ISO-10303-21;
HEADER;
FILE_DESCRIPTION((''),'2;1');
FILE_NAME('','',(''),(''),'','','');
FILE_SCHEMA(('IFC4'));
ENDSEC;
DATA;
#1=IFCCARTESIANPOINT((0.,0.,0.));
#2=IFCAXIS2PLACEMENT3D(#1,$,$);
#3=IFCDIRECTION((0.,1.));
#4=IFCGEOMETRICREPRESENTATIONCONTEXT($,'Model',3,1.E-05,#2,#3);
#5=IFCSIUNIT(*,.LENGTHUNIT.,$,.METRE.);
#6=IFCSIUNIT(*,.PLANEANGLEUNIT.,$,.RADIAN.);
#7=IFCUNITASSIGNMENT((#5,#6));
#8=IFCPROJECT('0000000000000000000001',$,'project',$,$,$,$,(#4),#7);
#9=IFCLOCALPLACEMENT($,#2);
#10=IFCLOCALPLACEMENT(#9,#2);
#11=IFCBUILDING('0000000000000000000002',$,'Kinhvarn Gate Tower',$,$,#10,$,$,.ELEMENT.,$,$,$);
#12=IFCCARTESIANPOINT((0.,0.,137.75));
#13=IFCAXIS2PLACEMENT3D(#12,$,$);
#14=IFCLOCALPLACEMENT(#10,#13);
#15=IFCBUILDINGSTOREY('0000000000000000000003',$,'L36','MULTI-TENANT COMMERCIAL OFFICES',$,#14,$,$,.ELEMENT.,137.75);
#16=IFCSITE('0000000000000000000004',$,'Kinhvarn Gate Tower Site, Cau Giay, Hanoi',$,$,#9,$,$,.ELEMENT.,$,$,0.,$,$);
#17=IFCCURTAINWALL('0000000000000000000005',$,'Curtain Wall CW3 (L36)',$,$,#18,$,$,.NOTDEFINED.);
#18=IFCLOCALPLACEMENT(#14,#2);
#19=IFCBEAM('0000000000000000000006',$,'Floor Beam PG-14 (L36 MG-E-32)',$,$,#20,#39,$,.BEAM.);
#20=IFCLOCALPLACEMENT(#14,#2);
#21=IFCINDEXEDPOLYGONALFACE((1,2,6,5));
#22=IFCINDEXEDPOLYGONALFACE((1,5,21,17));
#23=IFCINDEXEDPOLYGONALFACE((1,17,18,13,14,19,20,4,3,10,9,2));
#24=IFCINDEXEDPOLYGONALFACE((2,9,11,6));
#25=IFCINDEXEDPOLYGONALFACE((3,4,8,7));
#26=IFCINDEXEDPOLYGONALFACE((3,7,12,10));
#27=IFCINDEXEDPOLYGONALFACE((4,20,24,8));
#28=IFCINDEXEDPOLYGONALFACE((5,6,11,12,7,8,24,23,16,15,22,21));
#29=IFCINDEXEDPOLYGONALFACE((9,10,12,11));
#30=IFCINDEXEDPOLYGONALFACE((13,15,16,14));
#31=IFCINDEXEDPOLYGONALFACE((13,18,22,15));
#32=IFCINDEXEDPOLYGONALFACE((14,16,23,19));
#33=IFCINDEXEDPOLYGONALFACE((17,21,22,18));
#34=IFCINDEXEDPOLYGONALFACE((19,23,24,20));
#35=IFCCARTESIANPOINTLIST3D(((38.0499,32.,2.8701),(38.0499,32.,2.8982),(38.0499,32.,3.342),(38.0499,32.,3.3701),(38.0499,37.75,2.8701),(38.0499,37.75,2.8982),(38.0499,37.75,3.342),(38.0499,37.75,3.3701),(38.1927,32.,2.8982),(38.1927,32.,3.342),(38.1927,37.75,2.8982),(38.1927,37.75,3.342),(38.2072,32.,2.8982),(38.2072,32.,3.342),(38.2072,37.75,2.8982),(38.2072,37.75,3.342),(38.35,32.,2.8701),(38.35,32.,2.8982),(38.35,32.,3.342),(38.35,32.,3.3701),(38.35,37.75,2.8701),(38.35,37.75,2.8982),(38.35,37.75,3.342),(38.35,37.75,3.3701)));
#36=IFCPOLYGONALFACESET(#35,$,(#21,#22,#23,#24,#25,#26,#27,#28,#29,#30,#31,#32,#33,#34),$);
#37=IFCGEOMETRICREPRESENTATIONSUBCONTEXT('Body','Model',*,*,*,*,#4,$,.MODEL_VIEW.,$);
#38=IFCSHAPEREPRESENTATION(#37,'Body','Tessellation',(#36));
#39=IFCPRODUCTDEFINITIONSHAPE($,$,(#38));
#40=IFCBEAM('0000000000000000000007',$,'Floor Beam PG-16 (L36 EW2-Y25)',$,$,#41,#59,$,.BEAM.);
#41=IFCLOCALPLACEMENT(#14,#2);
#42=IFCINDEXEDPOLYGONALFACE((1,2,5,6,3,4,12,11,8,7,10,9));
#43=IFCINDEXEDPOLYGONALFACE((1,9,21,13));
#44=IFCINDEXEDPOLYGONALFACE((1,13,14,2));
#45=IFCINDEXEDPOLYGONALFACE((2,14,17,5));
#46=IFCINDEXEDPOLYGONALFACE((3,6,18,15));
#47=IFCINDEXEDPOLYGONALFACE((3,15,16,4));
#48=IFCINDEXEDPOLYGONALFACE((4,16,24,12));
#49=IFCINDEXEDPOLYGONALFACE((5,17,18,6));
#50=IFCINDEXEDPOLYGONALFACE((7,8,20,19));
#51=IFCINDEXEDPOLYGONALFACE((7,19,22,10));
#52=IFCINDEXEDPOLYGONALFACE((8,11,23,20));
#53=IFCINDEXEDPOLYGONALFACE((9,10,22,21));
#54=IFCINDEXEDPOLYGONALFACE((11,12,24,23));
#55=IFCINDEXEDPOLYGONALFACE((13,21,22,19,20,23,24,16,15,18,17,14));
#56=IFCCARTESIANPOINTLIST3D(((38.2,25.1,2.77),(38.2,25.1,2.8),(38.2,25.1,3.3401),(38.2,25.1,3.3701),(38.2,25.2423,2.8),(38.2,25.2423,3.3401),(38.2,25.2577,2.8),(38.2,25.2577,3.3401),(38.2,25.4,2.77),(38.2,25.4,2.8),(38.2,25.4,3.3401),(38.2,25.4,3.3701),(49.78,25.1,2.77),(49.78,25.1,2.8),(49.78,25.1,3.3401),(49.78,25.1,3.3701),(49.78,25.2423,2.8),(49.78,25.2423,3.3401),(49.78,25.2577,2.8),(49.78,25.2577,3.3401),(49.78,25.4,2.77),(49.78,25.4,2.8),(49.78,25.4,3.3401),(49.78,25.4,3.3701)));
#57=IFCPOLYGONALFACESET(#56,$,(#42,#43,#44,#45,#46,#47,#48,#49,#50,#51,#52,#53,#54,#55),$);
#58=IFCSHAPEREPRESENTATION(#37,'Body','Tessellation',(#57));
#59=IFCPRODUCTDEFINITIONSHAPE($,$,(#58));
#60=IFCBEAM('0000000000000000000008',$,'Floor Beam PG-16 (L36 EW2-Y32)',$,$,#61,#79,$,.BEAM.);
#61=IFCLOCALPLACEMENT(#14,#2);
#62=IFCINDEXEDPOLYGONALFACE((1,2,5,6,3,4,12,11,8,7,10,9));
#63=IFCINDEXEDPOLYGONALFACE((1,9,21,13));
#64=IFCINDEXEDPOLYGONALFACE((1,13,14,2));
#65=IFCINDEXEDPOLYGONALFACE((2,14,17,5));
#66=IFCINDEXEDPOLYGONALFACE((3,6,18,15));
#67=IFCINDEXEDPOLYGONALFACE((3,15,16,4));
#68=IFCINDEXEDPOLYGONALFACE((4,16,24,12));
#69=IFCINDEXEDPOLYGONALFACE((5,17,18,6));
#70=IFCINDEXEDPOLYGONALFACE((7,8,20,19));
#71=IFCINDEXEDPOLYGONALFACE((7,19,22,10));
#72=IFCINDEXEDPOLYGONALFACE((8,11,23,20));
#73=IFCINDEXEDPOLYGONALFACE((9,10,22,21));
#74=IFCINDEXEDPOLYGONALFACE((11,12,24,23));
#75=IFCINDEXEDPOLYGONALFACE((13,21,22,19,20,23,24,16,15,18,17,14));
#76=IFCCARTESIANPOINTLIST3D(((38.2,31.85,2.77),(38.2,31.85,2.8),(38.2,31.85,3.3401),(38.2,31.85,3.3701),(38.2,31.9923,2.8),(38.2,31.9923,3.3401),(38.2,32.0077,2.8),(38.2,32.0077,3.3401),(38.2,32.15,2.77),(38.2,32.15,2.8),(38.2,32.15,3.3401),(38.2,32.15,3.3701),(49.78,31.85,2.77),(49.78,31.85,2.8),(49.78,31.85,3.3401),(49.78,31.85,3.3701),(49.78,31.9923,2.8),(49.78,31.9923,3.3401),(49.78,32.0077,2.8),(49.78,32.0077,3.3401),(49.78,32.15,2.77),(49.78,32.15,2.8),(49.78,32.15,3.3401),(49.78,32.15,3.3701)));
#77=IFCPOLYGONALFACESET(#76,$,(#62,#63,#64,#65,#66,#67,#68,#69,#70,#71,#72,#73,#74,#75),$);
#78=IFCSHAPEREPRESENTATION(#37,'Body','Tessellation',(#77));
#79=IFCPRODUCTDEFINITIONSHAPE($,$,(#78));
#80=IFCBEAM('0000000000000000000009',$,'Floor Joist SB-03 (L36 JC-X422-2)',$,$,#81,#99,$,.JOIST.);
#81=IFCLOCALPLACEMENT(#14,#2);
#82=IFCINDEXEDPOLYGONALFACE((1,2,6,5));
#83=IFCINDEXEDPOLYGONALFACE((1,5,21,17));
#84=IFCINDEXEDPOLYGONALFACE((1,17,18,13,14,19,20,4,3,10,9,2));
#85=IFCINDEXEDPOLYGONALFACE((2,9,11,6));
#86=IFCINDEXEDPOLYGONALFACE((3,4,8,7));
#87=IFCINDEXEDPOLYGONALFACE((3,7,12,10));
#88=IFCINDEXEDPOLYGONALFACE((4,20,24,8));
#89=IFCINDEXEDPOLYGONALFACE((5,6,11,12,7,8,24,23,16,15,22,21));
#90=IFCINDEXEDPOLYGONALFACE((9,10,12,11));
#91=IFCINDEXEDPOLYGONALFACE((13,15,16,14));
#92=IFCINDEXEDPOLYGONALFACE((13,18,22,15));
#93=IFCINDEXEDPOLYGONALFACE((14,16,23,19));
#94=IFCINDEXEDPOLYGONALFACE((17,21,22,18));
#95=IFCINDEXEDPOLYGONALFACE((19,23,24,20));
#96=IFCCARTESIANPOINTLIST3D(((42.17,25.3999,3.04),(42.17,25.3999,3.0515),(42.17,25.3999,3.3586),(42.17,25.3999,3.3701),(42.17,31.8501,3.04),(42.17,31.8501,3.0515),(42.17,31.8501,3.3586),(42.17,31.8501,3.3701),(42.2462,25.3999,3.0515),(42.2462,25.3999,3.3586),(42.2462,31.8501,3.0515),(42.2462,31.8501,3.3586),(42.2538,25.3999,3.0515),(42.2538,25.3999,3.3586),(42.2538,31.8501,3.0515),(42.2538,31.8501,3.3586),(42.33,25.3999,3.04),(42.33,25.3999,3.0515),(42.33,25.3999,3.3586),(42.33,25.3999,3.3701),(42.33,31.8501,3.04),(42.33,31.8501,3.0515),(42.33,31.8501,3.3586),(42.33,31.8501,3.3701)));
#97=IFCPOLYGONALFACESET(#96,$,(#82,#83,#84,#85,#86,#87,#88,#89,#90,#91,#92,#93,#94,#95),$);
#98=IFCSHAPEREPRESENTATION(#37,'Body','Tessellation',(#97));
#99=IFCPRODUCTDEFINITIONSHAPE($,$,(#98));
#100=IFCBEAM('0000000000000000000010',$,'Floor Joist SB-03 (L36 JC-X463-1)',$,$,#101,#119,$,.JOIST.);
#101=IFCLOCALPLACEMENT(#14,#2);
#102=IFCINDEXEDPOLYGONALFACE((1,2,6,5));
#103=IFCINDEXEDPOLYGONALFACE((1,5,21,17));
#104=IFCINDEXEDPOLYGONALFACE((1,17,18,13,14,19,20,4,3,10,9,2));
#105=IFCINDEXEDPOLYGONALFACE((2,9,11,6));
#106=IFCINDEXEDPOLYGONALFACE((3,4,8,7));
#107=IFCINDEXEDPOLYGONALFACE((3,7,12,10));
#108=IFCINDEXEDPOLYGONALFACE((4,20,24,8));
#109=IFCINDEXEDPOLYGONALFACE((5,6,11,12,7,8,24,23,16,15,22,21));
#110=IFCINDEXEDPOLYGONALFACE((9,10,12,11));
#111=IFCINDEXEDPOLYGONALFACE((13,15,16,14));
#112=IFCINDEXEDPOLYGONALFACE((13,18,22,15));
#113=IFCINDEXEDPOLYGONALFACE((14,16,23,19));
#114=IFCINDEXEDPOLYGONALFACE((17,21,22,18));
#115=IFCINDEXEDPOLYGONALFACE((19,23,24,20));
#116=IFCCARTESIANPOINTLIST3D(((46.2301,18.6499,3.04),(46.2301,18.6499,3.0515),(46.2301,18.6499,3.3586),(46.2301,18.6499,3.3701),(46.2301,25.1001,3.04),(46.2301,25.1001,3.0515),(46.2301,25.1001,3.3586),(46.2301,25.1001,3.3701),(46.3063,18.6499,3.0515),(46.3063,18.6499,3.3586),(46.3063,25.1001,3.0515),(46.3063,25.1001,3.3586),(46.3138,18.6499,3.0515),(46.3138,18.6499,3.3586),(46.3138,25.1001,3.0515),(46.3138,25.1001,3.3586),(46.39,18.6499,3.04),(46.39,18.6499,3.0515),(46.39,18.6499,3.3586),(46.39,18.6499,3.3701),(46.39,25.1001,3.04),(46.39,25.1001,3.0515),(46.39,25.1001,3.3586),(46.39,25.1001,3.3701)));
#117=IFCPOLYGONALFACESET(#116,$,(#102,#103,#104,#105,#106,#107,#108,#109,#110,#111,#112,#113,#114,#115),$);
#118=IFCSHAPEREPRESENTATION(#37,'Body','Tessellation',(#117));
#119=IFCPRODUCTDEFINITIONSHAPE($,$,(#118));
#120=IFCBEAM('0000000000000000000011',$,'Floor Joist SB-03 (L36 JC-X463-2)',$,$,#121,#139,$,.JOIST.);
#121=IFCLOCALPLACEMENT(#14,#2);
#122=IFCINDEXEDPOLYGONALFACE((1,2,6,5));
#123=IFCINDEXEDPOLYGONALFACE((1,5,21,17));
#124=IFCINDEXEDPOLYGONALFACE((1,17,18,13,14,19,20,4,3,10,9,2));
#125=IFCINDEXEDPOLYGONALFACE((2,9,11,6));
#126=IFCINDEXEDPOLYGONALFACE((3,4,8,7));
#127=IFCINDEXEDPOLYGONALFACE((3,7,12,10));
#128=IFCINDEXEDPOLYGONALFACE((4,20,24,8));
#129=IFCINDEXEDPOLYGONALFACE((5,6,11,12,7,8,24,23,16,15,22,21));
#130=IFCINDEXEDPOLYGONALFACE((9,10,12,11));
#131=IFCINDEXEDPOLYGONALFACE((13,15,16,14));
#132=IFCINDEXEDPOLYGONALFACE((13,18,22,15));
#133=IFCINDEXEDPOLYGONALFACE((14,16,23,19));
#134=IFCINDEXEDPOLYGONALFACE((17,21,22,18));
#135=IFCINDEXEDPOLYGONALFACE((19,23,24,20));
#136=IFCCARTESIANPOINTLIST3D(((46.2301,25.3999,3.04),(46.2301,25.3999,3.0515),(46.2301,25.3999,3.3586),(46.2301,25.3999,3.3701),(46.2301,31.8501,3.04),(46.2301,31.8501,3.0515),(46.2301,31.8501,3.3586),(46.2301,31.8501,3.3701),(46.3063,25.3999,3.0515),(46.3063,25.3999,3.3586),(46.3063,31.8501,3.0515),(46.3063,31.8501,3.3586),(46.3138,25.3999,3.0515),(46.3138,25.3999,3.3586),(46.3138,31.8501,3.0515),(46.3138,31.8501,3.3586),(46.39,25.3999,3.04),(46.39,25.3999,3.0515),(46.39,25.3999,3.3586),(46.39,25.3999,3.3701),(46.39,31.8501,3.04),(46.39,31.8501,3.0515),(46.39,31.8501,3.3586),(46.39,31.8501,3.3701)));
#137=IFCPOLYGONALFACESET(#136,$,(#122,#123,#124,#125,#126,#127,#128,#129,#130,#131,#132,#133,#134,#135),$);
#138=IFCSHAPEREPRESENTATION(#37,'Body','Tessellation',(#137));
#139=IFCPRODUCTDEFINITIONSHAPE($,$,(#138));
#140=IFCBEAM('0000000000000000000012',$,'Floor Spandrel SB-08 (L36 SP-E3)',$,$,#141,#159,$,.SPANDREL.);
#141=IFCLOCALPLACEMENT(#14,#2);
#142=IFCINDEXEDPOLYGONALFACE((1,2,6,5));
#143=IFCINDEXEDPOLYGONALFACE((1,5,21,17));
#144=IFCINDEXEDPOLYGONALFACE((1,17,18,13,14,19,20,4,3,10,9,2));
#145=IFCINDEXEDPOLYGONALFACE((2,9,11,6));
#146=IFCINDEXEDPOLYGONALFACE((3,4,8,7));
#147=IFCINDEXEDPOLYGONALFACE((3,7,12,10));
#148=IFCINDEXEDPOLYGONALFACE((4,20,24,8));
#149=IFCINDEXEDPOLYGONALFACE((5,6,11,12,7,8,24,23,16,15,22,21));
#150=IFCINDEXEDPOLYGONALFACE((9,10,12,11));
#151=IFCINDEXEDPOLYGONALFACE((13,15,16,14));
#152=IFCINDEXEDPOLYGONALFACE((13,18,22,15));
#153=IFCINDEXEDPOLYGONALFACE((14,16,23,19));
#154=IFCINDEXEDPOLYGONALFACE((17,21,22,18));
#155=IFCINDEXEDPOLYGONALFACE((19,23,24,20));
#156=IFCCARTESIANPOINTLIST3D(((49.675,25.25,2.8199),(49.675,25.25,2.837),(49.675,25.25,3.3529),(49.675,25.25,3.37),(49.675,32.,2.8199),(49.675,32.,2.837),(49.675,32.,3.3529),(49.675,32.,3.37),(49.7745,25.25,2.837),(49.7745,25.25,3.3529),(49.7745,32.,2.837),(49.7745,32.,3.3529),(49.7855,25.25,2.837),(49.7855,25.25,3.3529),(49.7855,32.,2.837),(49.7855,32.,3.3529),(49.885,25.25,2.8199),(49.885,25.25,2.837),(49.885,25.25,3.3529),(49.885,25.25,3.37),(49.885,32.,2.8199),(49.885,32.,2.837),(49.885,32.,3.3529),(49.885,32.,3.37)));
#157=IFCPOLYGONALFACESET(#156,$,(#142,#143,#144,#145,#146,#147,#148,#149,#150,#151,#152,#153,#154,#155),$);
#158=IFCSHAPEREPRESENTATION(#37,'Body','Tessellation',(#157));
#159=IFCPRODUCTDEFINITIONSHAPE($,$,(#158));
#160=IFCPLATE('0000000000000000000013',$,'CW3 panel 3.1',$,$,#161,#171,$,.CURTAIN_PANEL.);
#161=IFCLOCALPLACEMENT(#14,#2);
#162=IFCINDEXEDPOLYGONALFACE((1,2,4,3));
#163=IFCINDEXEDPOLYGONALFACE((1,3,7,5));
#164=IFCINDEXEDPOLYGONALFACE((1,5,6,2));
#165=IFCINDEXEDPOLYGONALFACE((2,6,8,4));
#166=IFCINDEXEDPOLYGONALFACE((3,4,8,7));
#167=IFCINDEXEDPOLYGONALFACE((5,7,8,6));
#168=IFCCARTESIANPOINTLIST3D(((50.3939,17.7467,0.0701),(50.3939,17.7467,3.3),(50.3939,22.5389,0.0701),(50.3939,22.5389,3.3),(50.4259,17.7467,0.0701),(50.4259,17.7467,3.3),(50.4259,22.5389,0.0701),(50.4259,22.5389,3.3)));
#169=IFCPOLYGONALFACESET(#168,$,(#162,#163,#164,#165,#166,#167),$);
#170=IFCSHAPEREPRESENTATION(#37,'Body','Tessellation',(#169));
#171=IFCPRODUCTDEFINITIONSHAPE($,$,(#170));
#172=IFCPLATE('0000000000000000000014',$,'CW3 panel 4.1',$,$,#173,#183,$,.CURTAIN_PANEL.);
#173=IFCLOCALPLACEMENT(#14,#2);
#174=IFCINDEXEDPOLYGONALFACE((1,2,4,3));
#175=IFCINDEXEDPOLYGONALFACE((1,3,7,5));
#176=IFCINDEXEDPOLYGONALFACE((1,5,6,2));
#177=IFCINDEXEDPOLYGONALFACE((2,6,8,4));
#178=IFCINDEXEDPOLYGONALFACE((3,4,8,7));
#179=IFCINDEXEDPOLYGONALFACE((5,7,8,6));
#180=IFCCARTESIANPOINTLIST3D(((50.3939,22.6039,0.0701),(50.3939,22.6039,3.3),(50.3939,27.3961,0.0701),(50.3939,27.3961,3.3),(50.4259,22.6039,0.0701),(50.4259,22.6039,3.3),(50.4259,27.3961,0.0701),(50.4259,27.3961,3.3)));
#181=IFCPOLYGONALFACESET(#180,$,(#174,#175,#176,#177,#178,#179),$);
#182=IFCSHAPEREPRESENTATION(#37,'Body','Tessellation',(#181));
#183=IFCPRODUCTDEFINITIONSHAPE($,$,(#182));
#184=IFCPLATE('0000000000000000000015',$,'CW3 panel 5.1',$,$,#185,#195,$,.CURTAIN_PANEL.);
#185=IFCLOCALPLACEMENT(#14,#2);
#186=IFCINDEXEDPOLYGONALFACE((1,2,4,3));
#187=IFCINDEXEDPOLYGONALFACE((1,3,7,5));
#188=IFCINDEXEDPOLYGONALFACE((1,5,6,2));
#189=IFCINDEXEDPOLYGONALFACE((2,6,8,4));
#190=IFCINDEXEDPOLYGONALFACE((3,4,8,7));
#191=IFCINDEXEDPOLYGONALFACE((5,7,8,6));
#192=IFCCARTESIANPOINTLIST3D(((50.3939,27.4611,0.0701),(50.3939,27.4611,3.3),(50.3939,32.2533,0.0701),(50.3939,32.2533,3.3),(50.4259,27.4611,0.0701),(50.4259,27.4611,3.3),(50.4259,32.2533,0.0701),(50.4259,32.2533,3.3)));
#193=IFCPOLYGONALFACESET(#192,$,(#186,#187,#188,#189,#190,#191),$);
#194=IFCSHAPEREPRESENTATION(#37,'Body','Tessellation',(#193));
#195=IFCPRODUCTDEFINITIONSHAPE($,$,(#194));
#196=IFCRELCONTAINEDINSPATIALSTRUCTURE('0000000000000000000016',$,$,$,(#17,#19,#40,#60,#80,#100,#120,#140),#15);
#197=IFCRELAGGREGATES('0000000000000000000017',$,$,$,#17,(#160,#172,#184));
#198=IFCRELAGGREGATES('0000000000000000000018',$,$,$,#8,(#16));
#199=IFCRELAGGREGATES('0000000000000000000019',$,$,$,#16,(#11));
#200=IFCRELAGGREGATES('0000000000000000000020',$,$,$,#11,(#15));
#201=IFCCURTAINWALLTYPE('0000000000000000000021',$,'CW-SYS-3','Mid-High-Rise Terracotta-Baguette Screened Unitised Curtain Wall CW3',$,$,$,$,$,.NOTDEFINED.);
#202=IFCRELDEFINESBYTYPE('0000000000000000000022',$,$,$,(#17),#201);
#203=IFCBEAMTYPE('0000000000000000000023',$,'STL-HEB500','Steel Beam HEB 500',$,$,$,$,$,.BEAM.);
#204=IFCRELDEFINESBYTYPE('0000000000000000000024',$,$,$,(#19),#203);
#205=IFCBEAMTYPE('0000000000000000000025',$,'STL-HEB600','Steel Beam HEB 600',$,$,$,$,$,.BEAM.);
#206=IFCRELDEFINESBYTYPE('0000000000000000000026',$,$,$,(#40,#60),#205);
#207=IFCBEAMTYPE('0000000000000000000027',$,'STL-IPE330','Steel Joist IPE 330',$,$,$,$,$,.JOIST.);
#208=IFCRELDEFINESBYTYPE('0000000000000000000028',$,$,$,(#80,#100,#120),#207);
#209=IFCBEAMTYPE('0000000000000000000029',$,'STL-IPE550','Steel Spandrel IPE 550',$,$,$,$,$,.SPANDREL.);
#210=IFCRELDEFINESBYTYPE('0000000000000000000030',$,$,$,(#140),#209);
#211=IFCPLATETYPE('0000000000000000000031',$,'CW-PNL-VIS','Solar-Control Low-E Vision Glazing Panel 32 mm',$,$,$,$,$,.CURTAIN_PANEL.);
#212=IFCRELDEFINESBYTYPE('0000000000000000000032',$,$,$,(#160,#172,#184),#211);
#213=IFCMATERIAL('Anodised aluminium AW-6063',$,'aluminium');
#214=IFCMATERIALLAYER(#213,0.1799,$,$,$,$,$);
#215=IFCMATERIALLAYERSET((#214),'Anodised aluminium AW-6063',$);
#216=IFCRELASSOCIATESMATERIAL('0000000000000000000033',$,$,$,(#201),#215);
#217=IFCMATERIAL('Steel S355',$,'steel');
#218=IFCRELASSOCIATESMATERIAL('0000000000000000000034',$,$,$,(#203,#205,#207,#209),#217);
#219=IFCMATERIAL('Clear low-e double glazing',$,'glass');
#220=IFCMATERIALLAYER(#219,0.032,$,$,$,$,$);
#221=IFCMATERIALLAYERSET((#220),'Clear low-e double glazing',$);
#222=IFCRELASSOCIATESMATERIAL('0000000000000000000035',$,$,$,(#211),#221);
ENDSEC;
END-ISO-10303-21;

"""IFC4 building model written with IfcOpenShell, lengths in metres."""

from ifc_helpers import new_model, si_unit, direction, frame, origin, origin_2d, place, context, subcontext, project, spatial, rectangle, i_section, extrude, material, layer, layer_set, material_profile, profile_set, type_object, element, aggregate, save


model = new_model("IFC4")

# Units and contexts
model_context = context("Model", 3, precision=1e-05, world=origin(), true_north=direction((0.0, 1.0)))
body_context = subcontext(model_context, "Body", "Model", "MODEL_VIEW")
ifc_project = project(units=[si_unit("LENGTHUNIT", "METRE"), si_unit("PLANEANGLEUNIT", "RADIAN")], contexts=[model_context])

# Site, building, storey
site_placement = place(None, origin())
site = spatial("IfcSite", under=ifc_project, at=site_placement, Name="Kinhvarn Gate Tower Site, Cau Giay, Hanoi", CompositionType="ELEMENT", RefElevation=0.0)
building_placement = place(site_placement, origin())
building = spatial("IfcBuilding", under=site, at=building_placement, Name="Kinhvarn Gate Tower", CompositionType="ELEMENT")
storey_placement = place(building_placement, frame((0.0, 0.0, 137.75)))
storey = spatial("IfcBuildingStorey", under=building, at=storey_placement, Name="L36", Description="MULTI-TENANT COMMERCIAL OFFICES", CompositionType="ELEMENT", Elevation=137.75)

# Curtain wall
ifc_material_1 = material(Name="Anodised aluminium AW-6063", Category="aluminium")
ifc_layer_1 = layer(ifc_material_1, 0.1799)
ifc_layer_set_1 = layer_set([ifc_layer_1], Name="Anodised aluminium AW-6063")
curtain_wall_type = type_object("IfcCurtainWallType", Name="CW-SYS-3", Description="Mid-High-Rise Terracotta-Baguette Screened Unitised Curtain Wall CW3", PredefinedType="NOTDEFINED", material=ifc_layer_set_1)
curtain_wall_placement = place(storey_placement, origin())
curtain_wall = element("IfcCurtainWall", 1, at=curtain_wall_placement, inside=storey, type_object=curtain_wall_type, Name="Curtain Wall CW3 (L36)", PredefinedType="NOTDEFINED")

# Beams
ifc_material_2 = material(Name="Steel S355", Category="steel")
ifc_material_profile_1 = material_profile(ifc_material_2, i_section(OverallWidth=0.3, OverallDepth=0.5, WebThickness=0.0144, FlangeThickness=0.0281, at=origin_2d()), Name="HEB 500")
ifc_profile_set_1 = profile_set([ifc_material_profile_1], Name="Steel S355")
beam_type_1 = type_object("IfcBeamType", Name="STL-HEB500", Description="Steel Beam HEB 500", PredefinedType="BEAM", material=ifc_profile_set_1)
beam_1_placement = place(storey_placement, frame((38.2, 32.0, 3.1201), z_axis=(0.0, 1.0, 0.0), x_axis=(-1.0, 0.0, 0.0)))
element("IfcBeam", 2, at=beam_1_placement, inside=storey, type_object=beam_type_1, Name="Floor Beam PG-14 (L36 MG-E-32)", PredefinedType="BEAM", context=body_context, shape_type="SweptSolid", body=[
    extrude(i_section(OverallWidth=0.3, OverallDepth=0.5, WebThickness=0.0144, FlangeThickness=0.0281, at=origin_2d()), origin(), (0.0, 0.0, 1.0), 5.75),
])
ifc_material_profile_2 = material_profile(ifc_material_2, i_section(OverallWidth=0.3, OverallDepth=0.6001, WebThickness=0.0154, FlangeThickness=0.03, at=origin_2d()), Name="HEB 600")
ifc_profile_set_2 = profile_set([ifc_material_profile_2], Name="Steel S355")
beam_type_2 = type_object("IfcBeamType", Name="STL-HEB600", Description="Steel Beam HEB 600", PredefinedType="BEAM", material=ifc_profile_set_2)
for number, where, z_axis, x_axis, name in (
    (3, (38.2, 25.25, 3.0701), (1.0, 0.0, 0.0), (0.0, 1.0, 0.0), "Floor Beam PG-16 (L36 EW2-Y25)"),
    (4, (38.2, 32.0, 3.0701), (1.0, 0.0, 0.0), (0.0, 1.0, 0.0), "Floor Beam PG-16 (L36 EW2-Y32)"),
):
    element("IfcBeam", number, at=place(storey_placement, frame(where, z_axis=z_axis, x_axis=x_axis)), inside=storey, type_object=beam_type_2, Name=name, PredefinedType="BEAM", context=body_context, shape_type="SweptSolid", body=[
        extrude(i_section(OverallWidth=0.3, OverallDepth=0.6001, WebThickness=0.0154, FlangeThickness=0.03, at=origin_2d()), origin(), (0.0, 0.0, 1.0), 11.5801),
    ])
ifc_material_profile_3 = material_profile(ifc_material_2, i_section(OverallWidth=0.1599, OverallDepth=0.3301, WebThickness=0.0076, FlangeThickness=0.0115, at=origin_2d()), Name="IPE 330")
ifc_profile_set_3 = profile_set([ifc_material_profile_3], Name="Steel S355")
beam_type_3 = type_object("IfcBeamType", Name="STL-IPE330", Description="Steel Joist IPE 330", PredefinedType="JOIST", material=ifc_profile_set_3)
for number, where, z_axis, x_axis, name in (
    (5, (42.25, 25.3999, 3.2051), (0.0, 1.0, 0.0), (-1.0, 0.0, 0.0), "Floor Joist SB-03 (L36 JC-X422-2)"),
    (6, (46.3101, 18.6499, 3.2051), (0.0, 1.0, 0.0), (-1.0, 0.0, 0.0), "Floor Joist SB-03 (L36 JC-X463-1)"),
    (7, (46.3101, 25.3999, 3.2051), (0.0, 1.0, 0.0), (-1.0, 0.0, 0.0), "Floor Joist SB-03 (L36 JC-X463-2)"),
):
    element("IfcBeam", number, at=place(storey_placement, frame(where, z_axis=z_axis, x_axis=x_axis)), inside=storey, type_object=beam_type_3, Name=name, PredefinedType="JOIST", context=body_context, shape_type="SweptSolid", body=[
        extrude(i_section(OverallWidth=0.1599, OverallDepth=0.3301, WebThickness=0.0076, FlangeThickness=0.0115, at=origin_2d()), origin(), (0.0, 0.0, 1.0), 6.4502),
    ])
ifc_material_profile_4 = material_profile(ifc_material_2, i_section(OverallWidth=0.21, OverallDepth=0.55, WebThickness=0.011, FlangeThickness=0.0171, at=origin_2d()), Name="IPE 550")
ifc_profile_set_4 = profile_set([ifc_material_profile_4], Name="Steel S355")
beam_type_4 = type_object("IfcBeamType", Name="STL-IPE550", Description="Steel Spandrel IPE 550", PredefinedType="SPANDREL", material=ifc_profile_set_4)
beam_2_placement = place(storey_placement, frame((49.78, 25.25, 3.095), z_axis=(0.0, 1.0, 0.0), x_axis=(-1.0, 0.0, 0.0)))
element("IfcBeam", 8, at=beam_2_placement, inside=storey, type_object=beam_type_4, Name="Floor Spandrel SB-08 (L36 SP-E3)", PredefinedType="SPANDREL", context=body_context, shape_type="SweptSolid", body=[
    extrude(i_section(OverallWidth=0.21, OverallDepth=0.55, WebThickness=0.011, FlangeThickness=0.0171, at=origin_2d()), origin(), (0.0, 0.0, 1.0), 6.75),
])

# Plates
ifc_material_3 = material(Name="Clear low-e double glazing", Category="glass")
ifc_layer_2 = layer(ifc_material_3, 0.032)
ifc_layer_set_2 = layer_set([ifc_layer_2], Name="Clear low-e double glazing")
plate_type = type_object("IfcPlateType", Name="CW-PNL-VIS", Description="Solar-Control Low-E Vision Glazing Panel 32 mm", PredefinedType="CURTAIN_PANEL", material=ifc_layer_set_2)
plate_1_placement = place(storey_placement, frame((50.4099, 20.1428, 0.0701), z_axis=(0.0, 0.0, 1.0), x_axis=(0.0, 1.0, 0.0)))
plate_1 = element("IfcPlate", 9, at=plate_1_placement, type_object=plate_type, Name="CW3 panel 3.1", PredefinedType="CURTAIN_PANEL", context=body_context, shape_type="SweptSolid", body=[
    extrude(rectangle(XDim=4.7922, YDim=0.032, at=origin_2d()), origin(), (0.0, 0.0, 1.0), 3.23),
])
plate_2_placement = place(storey_placement, frame((50.4099, 25.0, 0.0701), z_axis=(0.0, 0.0, 1.0), x_axis=(0.0, 1.0, 0.0)))
plate_2 = element("IfcPlate", 10, at=plate_2_placement, type_object=plate_type, Name="CW3 panel 4.1", PredefinedType="CURTAIN_PANEL", context=body_context, shape_type="SweptSolid", body=[
    extrude(rectangle(XDim=4.7922, YDim=0.032, at=origin_2d()), origin(), (0.0, 0.0, 1.0), 3.23),
])
plate_3_placement = place(storey_placement, frame((50.4099, 29.8572, 0.0701), z_axis=(0.0, 0.0, 1.0), x_axis=(0.0, 1.0, 0.0)))
plate_3 = element("IfcPlate", 11, at=plate_3_placement, type_object=plate_type, Name="CW3 panel 5.1", PredefinedType="CURTAIN_PANEL", context=body_context, shape_type="SweptSolid", body=[
    extrude(rectangle(XDim=4.7922, YDim=0.032, at=origin_2d()), origin(), (0.0, 0.0, 1.0), 3.23),
])
aggregate(curtain_wall, [plate_1, plate_2, plate_3])

save(model, "model.ifc")
